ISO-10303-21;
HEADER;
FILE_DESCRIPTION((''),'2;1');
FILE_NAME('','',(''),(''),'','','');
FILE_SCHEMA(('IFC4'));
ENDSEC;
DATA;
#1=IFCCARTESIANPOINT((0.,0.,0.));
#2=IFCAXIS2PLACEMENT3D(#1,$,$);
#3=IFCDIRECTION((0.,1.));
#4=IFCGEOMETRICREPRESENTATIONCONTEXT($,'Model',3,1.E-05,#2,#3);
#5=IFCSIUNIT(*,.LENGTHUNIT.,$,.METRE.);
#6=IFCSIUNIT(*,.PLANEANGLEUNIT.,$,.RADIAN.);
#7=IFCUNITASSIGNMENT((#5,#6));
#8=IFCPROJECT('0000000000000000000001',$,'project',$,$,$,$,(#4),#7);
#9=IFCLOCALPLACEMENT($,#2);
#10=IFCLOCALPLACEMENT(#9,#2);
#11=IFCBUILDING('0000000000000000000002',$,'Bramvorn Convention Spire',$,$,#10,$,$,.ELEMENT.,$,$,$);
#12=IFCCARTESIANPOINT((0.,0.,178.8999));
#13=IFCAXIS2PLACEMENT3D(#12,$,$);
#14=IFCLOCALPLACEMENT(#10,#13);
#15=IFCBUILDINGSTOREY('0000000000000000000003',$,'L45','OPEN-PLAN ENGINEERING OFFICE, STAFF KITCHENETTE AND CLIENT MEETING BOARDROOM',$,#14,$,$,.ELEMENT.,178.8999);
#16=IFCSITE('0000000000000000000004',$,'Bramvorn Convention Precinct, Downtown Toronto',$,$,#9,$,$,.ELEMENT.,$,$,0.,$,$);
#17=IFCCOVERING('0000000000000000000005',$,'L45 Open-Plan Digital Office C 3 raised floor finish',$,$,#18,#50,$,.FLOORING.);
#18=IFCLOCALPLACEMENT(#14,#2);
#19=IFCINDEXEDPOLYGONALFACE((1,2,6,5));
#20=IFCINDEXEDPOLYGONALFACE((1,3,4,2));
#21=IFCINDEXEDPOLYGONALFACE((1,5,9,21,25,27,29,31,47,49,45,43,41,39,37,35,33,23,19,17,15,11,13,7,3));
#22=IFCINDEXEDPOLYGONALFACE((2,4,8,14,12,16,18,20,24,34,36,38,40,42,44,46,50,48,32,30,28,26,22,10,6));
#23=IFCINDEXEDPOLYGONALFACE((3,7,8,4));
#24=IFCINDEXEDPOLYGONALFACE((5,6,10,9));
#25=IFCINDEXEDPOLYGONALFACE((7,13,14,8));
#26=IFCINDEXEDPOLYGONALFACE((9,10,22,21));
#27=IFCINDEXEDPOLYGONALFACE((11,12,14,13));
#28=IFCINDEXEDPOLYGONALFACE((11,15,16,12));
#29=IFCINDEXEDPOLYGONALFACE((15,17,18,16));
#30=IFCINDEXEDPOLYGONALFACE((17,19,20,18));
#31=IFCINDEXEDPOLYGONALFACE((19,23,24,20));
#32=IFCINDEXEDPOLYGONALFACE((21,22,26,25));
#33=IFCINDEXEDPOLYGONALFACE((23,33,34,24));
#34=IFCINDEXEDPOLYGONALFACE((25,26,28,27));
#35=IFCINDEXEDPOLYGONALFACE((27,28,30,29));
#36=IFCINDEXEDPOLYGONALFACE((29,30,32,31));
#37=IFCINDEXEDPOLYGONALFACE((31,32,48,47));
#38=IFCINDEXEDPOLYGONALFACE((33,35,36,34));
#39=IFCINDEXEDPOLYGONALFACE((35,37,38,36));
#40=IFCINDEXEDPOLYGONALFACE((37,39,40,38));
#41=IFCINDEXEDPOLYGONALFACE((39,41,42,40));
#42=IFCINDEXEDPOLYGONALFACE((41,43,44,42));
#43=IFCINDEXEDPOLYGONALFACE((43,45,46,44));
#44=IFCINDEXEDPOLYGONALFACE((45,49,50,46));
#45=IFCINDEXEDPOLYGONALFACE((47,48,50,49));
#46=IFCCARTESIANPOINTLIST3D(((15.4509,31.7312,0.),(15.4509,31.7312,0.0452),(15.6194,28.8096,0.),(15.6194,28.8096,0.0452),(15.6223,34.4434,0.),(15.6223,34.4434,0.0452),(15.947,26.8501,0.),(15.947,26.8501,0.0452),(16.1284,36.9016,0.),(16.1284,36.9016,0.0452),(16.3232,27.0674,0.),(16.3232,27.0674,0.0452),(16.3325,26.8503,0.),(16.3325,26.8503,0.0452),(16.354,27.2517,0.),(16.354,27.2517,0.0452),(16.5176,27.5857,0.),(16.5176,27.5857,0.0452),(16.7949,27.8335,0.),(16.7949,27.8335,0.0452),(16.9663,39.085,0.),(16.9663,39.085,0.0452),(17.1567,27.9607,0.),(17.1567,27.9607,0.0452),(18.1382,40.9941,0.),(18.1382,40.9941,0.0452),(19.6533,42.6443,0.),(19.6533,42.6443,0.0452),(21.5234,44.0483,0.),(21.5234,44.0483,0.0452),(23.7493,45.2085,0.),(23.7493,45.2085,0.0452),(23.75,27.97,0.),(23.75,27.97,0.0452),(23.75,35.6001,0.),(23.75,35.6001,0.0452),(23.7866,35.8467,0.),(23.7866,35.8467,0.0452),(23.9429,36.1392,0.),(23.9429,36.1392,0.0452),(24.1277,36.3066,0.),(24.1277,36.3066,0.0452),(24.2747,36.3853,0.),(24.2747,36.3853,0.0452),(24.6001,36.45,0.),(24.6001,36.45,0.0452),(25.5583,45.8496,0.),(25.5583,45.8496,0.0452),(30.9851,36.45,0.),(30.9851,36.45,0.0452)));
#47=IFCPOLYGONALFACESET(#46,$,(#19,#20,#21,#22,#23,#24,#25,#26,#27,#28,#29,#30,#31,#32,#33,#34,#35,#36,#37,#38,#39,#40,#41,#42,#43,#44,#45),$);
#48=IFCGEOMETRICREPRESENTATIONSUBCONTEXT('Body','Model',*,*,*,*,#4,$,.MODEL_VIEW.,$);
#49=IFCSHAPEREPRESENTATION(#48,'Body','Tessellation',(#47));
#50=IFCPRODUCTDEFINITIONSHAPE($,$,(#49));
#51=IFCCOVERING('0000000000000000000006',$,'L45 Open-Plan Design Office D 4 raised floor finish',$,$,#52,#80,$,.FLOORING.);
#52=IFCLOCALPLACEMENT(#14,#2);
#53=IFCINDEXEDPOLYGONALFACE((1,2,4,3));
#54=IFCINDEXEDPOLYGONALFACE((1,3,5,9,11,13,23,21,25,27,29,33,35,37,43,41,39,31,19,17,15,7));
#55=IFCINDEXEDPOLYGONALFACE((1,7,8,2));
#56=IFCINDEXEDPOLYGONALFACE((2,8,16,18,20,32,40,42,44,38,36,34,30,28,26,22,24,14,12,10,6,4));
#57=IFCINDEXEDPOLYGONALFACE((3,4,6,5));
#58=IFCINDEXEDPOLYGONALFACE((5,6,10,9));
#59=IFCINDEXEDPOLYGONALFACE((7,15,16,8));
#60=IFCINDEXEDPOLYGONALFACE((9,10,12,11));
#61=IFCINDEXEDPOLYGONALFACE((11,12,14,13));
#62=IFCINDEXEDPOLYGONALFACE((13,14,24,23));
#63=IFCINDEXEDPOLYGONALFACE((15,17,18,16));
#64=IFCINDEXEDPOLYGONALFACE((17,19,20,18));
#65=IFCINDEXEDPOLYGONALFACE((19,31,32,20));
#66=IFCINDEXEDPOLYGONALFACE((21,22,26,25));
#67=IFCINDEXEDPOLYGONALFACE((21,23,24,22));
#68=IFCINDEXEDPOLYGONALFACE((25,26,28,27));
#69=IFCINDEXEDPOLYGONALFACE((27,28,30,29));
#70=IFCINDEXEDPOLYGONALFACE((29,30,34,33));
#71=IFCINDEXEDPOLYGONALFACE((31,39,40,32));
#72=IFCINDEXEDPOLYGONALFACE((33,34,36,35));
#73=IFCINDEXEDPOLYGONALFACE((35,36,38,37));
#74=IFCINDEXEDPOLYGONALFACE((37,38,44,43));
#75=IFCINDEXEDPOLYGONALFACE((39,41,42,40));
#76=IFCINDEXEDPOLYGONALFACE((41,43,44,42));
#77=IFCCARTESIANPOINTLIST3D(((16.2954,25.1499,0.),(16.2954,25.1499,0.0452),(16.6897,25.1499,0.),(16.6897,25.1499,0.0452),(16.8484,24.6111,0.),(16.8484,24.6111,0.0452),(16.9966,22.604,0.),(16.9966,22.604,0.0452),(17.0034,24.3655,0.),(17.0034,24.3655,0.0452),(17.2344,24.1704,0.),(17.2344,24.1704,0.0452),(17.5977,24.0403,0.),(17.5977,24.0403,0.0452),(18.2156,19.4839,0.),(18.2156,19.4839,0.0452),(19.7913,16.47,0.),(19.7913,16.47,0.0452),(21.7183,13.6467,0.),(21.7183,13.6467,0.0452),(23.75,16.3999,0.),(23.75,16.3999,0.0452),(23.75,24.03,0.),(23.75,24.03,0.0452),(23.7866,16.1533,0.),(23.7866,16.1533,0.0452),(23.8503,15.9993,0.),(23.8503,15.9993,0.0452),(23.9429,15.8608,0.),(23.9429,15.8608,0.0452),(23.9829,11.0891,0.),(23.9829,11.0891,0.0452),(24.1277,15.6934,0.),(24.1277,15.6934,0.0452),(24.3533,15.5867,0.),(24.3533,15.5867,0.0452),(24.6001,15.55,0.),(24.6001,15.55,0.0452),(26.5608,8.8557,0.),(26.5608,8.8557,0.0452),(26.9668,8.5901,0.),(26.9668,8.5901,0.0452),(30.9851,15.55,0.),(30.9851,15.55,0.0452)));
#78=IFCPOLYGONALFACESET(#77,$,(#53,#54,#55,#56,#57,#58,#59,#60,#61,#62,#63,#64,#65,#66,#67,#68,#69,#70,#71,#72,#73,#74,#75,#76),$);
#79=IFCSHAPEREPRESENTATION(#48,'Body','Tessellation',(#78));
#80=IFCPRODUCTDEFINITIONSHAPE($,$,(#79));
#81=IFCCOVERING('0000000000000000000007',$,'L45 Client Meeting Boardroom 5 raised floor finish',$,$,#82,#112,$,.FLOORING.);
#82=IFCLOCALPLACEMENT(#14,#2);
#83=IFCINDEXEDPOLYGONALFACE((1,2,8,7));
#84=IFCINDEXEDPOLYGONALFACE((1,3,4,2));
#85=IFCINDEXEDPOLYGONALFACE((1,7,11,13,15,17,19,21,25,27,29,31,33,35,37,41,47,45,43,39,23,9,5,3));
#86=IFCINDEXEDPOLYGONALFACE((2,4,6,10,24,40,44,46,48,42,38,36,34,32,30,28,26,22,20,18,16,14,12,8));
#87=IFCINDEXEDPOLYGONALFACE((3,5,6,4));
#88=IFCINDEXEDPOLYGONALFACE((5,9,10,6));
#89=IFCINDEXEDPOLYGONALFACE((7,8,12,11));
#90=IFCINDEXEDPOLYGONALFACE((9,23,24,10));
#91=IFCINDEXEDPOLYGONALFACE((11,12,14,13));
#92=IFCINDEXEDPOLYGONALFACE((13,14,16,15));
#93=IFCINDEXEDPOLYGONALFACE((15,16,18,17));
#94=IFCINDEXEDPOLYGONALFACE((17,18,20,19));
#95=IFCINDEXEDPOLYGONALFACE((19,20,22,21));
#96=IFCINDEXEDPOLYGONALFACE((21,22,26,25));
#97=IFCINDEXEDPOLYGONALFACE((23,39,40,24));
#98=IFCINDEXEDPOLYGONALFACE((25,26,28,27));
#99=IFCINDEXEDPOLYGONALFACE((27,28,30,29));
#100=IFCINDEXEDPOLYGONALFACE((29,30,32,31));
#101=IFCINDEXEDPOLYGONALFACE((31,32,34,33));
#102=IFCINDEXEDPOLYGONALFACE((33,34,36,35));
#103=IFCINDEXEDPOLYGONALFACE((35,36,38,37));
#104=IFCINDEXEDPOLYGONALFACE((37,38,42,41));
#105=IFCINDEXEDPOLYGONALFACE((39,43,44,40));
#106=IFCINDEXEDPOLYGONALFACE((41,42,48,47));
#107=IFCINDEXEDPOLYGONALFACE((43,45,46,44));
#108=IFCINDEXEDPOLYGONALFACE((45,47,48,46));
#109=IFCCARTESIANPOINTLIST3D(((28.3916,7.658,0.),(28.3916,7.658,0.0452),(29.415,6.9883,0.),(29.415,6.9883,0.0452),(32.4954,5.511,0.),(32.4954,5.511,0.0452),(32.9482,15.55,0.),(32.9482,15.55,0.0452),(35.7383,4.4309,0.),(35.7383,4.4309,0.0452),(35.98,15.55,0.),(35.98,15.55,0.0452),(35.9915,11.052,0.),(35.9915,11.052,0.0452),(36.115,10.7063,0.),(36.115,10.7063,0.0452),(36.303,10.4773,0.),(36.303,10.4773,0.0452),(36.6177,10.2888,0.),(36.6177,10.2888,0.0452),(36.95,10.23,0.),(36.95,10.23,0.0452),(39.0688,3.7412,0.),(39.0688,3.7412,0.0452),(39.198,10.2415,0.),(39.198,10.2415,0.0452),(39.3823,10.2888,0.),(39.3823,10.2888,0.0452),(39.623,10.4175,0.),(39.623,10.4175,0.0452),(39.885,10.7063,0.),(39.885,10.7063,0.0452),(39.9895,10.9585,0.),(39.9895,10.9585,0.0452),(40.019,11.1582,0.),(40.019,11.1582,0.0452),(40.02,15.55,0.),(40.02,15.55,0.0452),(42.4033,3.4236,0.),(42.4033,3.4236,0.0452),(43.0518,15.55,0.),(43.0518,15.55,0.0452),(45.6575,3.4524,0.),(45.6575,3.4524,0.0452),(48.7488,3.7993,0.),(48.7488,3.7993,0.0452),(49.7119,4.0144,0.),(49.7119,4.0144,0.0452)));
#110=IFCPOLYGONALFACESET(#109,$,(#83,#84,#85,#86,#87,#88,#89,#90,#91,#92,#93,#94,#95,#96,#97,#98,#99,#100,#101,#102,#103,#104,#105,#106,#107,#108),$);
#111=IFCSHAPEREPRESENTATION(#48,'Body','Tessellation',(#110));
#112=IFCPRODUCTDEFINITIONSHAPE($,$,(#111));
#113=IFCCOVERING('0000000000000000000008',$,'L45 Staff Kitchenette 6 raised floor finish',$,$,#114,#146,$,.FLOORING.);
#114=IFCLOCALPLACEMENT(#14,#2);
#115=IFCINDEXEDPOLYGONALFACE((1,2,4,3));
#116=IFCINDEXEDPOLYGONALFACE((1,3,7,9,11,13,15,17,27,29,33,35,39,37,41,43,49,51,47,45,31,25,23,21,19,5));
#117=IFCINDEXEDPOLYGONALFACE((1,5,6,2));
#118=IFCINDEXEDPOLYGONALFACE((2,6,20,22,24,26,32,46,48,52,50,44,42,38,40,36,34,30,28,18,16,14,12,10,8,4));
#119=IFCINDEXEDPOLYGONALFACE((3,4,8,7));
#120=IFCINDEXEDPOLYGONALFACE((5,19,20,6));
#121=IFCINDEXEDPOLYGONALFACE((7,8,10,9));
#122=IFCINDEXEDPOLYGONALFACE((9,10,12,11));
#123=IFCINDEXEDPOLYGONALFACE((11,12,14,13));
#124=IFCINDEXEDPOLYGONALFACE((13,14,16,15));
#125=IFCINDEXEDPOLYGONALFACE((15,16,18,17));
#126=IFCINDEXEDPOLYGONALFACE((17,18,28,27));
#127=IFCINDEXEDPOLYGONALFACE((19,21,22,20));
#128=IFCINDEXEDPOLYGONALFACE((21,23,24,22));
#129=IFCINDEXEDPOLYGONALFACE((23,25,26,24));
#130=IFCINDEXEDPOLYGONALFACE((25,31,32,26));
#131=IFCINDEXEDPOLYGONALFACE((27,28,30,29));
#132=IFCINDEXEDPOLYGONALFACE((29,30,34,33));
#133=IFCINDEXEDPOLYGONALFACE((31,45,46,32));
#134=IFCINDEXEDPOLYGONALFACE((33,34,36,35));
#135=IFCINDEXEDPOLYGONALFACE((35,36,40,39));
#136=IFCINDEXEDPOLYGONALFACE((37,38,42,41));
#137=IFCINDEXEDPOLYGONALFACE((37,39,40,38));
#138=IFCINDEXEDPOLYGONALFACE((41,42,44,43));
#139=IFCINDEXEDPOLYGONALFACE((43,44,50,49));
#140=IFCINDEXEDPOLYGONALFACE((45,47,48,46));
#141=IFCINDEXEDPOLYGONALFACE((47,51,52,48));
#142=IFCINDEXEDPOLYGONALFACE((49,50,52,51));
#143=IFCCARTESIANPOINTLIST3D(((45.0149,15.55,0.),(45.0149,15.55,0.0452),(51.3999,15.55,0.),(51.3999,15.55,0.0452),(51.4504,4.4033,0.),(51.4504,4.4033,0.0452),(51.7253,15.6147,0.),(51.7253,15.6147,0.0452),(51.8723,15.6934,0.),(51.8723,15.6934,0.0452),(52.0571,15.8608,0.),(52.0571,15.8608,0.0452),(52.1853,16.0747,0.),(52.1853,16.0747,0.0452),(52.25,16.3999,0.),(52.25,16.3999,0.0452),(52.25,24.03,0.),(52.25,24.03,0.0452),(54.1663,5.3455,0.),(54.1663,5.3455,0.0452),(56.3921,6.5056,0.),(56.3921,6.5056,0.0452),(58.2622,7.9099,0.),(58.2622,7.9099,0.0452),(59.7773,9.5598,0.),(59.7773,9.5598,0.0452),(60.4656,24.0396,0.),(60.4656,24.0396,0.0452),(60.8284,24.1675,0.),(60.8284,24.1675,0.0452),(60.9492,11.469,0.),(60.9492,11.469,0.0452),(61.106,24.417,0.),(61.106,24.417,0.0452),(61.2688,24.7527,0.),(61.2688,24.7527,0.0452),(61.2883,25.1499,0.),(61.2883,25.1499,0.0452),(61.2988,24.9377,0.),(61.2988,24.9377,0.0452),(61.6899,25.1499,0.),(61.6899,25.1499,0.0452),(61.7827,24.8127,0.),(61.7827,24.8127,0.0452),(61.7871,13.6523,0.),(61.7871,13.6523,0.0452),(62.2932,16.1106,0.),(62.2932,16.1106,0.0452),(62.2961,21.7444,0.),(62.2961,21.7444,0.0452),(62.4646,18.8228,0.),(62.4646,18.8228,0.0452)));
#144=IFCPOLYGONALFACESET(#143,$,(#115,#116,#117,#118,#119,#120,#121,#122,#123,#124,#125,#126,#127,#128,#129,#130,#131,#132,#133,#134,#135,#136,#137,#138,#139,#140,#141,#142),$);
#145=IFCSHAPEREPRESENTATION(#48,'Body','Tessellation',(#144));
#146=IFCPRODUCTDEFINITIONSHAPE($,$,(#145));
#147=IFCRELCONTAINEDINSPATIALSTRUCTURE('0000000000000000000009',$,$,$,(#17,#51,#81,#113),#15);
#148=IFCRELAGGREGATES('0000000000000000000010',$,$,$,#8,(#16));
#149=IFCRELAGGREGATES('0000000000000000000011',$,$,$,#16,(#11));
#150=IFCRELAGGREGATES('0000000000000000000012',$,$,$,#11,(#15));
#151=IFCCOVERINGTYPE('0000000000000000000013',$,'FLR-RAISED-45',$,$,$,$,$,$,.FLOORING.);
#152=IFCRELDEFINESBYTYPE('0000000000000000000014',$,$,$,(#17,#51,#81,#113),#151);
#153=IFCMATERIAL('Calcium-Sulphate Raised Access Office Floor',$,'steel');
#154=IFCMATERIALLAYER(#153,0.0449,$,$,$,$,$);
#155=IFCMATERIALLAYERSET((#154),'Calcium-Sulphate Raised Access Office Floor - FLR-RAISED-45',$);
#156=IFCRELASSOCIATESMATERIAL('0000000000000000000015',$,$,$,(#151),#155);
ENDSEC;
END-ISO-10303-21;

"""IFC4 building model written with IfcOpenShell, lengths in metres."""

from ifc_helpers import new_model, si_unit, direction, frame, origin, place, context, subcontext, project, spatial, polyline, outline, extrude, material, layer, layer_set, type_object, element, save


model = new_model("IFC4")

# Units and contexts
model_context = context("Model", 3, precision=1e-05, world=origin(), true_north=direction((0.0, 1.0)))
body_context = subcontext(model_context, "Body", "Model", "MODEL_VIEW")
ifc_project = project(units=[si_unit("LENGTHUNIT", "METRE"), si_unit("PLANEANGLEUNIT", "RADIAN")], contexts=[model_context])

# Site, building, storey
site_placement = place(None, origin())
site = spatial("IfcSite", under=ifc_project, at=site_placement, Name="Bramvorn Convention Precinct, Downtown Toronto", CompositionType="ELEMENT", RefElevation=0.0)
building_placement = place(site_placement, origin())
building = spatial("IfcBuilding", under=site, at=building_placement, Name="Bramvorn Convention Spire", CompositionType="ELEMENT")
storey_placement = place(building_placement, frame((0.0, 0.0, 178.8999)))
storey = spatial("IfcBuildingStorey", under=building, at=storey_placement, Name="L45", Description="OPEN-PLAN ENGINEERING OFFICE, STAFF KITCHENETTE AND CLIENT MEETING BOARDROOM", CompositionType="ELEMENT", Elevation=178.8999)

# Coverings
ifc_material_1 = material(Name="Calcium-Sulphate Raised Access Office Floor", Category="steel")
ifc_layer_1 = layer(ifc_material_1, 0.0449)
ifc_layer_set_1 = layer_set([ifc_layer_1], Name="Calcium-Sulphate Raised Access Office Floor - FLR-RAISED-45")
covering_type = type_object("IfcCoveringType", Name="FLR-RAISED-45", PredefinedType="FLOORING", material=ifc_layer_set_1)
covering_1_placement = place(storey_placement, origin())
element("IfcCovering", 1, at=covering_1_placement, inside=storey, type_object=covering_type, Name="L45 Open-Plan Digital Office C 3 raised floor finish", PredefinedType="FLOORING", context=body_context, shape_type="SweptSolid", body=[
    extrude(outline(polyline([(15.6194, 28.8096), (15.947, 26.8501), (16.3325, 26.8503), (16.3232, 27.0674), (16.354, 27.2517), (16.5176, 27.5857), (16.7949, 27.8335), (17.1567, 27.9607), (23.75, 27.97), (23.75, 35.6001), (23.7866, 35.8467), (23.9429, 36.1392), (24.1277, 36.3066), (24.2747, 36.3853), (24.6001, 36.45), (30.9851, 36.45), (25.5583, 45.8496), (23.7493, 45.2085), (21.5234, 44.0483), (19.6533, 42.6443), (18.1382, 40.9941), (16.9663, 39.085), (16.1284, 36.9016), (15.6223, 34.4434), (15.4509, 31.7312), (15.6194, 28.8096)])), origin(), (0.0, 0.0, 1.0), 0.0452),
])
covering_2_placement = place(storey_placement, origin())
element("IfcCovering", 2, at=covering_2_placement, inside=storey, type_object=covering_type, Name="L45 Open-Plan Design Office D 4 raised floor finish", PredefinedType="FLOORING", context=body_context, shape_type="SweptSolid", body=[
    extrude(outline(polyline([(16.9966, 22.604), (18.2156, 19.4839), (19.7913, 16.47), (21.7183, 13.6467), (23.9829, 11.0891), (26.5608, 8.8557), (26.9668, 8.5901), (30.9851, 15.55), (24.6001, 15.55), (24.3533, 15.5867), (24.1277, 15.6934), (23.9429, 15.8608), (23.8503, 15.9993), (23.7866, 16.1533), (23.75, 16.3999), (23.75, 24.03), (17.5977, 24.0403), (17.2344, 24.1704), (17.0034, 24.3655), (16.8484, 24.6111), (16.6897, 25.1499), (16.2954, 25.1499), (16.9966, 22.604)])), origin(), (0.0, 0.0, 1.0), 0.0452),
])
covering_3_placement = place(storey_placement, origin())
element("IfcCovering", 3, at=covering_3_placement, inside=storey, type_object=covering_type, Name="L45 Client Meeting Boardroom 5 raised floor finish", PredefinedType="FLOORING", context=body_context, shape_type="SweptSolid", body=[
    extrude(outline(polyline([(48.7488, 3.7993), (49.7119, 4.0144), (43.0518, 15.55), (40.02, 15.55), (40.019, 11.1582), (39.9895, 10.9585), (39.885, 10.7063), (39.623, 10.4175), (39.3823, 10.2888), (39.198, 10.2415), (36.95, 10.23), (36.6177, 10.2888), (36.303, 10.4773), (36.115, 10.7063), (35.9915, 11.052), (35.98, 15.55), (32.9482, 15.55), (28.3916, 7.658), (29.415, 6.9883), (32.4954, 5.511), (35.7383, 4.4309), (39.0688, 3.7412), (42.4033, 3.4236), (45.6575, 3.4524), (48.7488, 3.7993)])), origin(), (0.0, 0.0, 1.0), 0.0452),
])
covering_4_placement = place(storey_placement, origin())
element("IfcCovering", 4, at=covering_4_placement, inside=storey, type_object=covering_type, Name="L45 Staff Kitchenette 6 raised floor finish", PredefinedType="FLOORING", context=body_context, shape_type="SweptSolid", body=[
    extrude(outline(polyline([(56.3921, 6.5056), (58.2622, 7.9099), (59.7773, 9.5598), (60.9492, 11.469), (61.7871, 13.6523), (62.2932, 16.1106), (62.4646, 18.8228), (62.2961, 21.7444), (61.7827, 24.8127), (61.6899, 25.1499), (61.2883, 25.1499), (61.2988, 24.9377), (61.2688, 24.7527), (61.106, 24.417), (60.8284, 24.1675), (60.4656, 24.0396), (52.25, 24.03), (52.25, 16.3999), (52.1853, 16.0747), (52.0571, 15.8608), (51.8723, 15.6934), (51.7253, 15.6147), (51.3999, 15.55), (45.0149, 15.55), (51.4504, 4.4033), (54.1663, 5.3455), (56.3921, 6.5056)])), origin(), (0.0, 0.0, 1.0), 0.0452),
])

save(model, "model.ifc")
